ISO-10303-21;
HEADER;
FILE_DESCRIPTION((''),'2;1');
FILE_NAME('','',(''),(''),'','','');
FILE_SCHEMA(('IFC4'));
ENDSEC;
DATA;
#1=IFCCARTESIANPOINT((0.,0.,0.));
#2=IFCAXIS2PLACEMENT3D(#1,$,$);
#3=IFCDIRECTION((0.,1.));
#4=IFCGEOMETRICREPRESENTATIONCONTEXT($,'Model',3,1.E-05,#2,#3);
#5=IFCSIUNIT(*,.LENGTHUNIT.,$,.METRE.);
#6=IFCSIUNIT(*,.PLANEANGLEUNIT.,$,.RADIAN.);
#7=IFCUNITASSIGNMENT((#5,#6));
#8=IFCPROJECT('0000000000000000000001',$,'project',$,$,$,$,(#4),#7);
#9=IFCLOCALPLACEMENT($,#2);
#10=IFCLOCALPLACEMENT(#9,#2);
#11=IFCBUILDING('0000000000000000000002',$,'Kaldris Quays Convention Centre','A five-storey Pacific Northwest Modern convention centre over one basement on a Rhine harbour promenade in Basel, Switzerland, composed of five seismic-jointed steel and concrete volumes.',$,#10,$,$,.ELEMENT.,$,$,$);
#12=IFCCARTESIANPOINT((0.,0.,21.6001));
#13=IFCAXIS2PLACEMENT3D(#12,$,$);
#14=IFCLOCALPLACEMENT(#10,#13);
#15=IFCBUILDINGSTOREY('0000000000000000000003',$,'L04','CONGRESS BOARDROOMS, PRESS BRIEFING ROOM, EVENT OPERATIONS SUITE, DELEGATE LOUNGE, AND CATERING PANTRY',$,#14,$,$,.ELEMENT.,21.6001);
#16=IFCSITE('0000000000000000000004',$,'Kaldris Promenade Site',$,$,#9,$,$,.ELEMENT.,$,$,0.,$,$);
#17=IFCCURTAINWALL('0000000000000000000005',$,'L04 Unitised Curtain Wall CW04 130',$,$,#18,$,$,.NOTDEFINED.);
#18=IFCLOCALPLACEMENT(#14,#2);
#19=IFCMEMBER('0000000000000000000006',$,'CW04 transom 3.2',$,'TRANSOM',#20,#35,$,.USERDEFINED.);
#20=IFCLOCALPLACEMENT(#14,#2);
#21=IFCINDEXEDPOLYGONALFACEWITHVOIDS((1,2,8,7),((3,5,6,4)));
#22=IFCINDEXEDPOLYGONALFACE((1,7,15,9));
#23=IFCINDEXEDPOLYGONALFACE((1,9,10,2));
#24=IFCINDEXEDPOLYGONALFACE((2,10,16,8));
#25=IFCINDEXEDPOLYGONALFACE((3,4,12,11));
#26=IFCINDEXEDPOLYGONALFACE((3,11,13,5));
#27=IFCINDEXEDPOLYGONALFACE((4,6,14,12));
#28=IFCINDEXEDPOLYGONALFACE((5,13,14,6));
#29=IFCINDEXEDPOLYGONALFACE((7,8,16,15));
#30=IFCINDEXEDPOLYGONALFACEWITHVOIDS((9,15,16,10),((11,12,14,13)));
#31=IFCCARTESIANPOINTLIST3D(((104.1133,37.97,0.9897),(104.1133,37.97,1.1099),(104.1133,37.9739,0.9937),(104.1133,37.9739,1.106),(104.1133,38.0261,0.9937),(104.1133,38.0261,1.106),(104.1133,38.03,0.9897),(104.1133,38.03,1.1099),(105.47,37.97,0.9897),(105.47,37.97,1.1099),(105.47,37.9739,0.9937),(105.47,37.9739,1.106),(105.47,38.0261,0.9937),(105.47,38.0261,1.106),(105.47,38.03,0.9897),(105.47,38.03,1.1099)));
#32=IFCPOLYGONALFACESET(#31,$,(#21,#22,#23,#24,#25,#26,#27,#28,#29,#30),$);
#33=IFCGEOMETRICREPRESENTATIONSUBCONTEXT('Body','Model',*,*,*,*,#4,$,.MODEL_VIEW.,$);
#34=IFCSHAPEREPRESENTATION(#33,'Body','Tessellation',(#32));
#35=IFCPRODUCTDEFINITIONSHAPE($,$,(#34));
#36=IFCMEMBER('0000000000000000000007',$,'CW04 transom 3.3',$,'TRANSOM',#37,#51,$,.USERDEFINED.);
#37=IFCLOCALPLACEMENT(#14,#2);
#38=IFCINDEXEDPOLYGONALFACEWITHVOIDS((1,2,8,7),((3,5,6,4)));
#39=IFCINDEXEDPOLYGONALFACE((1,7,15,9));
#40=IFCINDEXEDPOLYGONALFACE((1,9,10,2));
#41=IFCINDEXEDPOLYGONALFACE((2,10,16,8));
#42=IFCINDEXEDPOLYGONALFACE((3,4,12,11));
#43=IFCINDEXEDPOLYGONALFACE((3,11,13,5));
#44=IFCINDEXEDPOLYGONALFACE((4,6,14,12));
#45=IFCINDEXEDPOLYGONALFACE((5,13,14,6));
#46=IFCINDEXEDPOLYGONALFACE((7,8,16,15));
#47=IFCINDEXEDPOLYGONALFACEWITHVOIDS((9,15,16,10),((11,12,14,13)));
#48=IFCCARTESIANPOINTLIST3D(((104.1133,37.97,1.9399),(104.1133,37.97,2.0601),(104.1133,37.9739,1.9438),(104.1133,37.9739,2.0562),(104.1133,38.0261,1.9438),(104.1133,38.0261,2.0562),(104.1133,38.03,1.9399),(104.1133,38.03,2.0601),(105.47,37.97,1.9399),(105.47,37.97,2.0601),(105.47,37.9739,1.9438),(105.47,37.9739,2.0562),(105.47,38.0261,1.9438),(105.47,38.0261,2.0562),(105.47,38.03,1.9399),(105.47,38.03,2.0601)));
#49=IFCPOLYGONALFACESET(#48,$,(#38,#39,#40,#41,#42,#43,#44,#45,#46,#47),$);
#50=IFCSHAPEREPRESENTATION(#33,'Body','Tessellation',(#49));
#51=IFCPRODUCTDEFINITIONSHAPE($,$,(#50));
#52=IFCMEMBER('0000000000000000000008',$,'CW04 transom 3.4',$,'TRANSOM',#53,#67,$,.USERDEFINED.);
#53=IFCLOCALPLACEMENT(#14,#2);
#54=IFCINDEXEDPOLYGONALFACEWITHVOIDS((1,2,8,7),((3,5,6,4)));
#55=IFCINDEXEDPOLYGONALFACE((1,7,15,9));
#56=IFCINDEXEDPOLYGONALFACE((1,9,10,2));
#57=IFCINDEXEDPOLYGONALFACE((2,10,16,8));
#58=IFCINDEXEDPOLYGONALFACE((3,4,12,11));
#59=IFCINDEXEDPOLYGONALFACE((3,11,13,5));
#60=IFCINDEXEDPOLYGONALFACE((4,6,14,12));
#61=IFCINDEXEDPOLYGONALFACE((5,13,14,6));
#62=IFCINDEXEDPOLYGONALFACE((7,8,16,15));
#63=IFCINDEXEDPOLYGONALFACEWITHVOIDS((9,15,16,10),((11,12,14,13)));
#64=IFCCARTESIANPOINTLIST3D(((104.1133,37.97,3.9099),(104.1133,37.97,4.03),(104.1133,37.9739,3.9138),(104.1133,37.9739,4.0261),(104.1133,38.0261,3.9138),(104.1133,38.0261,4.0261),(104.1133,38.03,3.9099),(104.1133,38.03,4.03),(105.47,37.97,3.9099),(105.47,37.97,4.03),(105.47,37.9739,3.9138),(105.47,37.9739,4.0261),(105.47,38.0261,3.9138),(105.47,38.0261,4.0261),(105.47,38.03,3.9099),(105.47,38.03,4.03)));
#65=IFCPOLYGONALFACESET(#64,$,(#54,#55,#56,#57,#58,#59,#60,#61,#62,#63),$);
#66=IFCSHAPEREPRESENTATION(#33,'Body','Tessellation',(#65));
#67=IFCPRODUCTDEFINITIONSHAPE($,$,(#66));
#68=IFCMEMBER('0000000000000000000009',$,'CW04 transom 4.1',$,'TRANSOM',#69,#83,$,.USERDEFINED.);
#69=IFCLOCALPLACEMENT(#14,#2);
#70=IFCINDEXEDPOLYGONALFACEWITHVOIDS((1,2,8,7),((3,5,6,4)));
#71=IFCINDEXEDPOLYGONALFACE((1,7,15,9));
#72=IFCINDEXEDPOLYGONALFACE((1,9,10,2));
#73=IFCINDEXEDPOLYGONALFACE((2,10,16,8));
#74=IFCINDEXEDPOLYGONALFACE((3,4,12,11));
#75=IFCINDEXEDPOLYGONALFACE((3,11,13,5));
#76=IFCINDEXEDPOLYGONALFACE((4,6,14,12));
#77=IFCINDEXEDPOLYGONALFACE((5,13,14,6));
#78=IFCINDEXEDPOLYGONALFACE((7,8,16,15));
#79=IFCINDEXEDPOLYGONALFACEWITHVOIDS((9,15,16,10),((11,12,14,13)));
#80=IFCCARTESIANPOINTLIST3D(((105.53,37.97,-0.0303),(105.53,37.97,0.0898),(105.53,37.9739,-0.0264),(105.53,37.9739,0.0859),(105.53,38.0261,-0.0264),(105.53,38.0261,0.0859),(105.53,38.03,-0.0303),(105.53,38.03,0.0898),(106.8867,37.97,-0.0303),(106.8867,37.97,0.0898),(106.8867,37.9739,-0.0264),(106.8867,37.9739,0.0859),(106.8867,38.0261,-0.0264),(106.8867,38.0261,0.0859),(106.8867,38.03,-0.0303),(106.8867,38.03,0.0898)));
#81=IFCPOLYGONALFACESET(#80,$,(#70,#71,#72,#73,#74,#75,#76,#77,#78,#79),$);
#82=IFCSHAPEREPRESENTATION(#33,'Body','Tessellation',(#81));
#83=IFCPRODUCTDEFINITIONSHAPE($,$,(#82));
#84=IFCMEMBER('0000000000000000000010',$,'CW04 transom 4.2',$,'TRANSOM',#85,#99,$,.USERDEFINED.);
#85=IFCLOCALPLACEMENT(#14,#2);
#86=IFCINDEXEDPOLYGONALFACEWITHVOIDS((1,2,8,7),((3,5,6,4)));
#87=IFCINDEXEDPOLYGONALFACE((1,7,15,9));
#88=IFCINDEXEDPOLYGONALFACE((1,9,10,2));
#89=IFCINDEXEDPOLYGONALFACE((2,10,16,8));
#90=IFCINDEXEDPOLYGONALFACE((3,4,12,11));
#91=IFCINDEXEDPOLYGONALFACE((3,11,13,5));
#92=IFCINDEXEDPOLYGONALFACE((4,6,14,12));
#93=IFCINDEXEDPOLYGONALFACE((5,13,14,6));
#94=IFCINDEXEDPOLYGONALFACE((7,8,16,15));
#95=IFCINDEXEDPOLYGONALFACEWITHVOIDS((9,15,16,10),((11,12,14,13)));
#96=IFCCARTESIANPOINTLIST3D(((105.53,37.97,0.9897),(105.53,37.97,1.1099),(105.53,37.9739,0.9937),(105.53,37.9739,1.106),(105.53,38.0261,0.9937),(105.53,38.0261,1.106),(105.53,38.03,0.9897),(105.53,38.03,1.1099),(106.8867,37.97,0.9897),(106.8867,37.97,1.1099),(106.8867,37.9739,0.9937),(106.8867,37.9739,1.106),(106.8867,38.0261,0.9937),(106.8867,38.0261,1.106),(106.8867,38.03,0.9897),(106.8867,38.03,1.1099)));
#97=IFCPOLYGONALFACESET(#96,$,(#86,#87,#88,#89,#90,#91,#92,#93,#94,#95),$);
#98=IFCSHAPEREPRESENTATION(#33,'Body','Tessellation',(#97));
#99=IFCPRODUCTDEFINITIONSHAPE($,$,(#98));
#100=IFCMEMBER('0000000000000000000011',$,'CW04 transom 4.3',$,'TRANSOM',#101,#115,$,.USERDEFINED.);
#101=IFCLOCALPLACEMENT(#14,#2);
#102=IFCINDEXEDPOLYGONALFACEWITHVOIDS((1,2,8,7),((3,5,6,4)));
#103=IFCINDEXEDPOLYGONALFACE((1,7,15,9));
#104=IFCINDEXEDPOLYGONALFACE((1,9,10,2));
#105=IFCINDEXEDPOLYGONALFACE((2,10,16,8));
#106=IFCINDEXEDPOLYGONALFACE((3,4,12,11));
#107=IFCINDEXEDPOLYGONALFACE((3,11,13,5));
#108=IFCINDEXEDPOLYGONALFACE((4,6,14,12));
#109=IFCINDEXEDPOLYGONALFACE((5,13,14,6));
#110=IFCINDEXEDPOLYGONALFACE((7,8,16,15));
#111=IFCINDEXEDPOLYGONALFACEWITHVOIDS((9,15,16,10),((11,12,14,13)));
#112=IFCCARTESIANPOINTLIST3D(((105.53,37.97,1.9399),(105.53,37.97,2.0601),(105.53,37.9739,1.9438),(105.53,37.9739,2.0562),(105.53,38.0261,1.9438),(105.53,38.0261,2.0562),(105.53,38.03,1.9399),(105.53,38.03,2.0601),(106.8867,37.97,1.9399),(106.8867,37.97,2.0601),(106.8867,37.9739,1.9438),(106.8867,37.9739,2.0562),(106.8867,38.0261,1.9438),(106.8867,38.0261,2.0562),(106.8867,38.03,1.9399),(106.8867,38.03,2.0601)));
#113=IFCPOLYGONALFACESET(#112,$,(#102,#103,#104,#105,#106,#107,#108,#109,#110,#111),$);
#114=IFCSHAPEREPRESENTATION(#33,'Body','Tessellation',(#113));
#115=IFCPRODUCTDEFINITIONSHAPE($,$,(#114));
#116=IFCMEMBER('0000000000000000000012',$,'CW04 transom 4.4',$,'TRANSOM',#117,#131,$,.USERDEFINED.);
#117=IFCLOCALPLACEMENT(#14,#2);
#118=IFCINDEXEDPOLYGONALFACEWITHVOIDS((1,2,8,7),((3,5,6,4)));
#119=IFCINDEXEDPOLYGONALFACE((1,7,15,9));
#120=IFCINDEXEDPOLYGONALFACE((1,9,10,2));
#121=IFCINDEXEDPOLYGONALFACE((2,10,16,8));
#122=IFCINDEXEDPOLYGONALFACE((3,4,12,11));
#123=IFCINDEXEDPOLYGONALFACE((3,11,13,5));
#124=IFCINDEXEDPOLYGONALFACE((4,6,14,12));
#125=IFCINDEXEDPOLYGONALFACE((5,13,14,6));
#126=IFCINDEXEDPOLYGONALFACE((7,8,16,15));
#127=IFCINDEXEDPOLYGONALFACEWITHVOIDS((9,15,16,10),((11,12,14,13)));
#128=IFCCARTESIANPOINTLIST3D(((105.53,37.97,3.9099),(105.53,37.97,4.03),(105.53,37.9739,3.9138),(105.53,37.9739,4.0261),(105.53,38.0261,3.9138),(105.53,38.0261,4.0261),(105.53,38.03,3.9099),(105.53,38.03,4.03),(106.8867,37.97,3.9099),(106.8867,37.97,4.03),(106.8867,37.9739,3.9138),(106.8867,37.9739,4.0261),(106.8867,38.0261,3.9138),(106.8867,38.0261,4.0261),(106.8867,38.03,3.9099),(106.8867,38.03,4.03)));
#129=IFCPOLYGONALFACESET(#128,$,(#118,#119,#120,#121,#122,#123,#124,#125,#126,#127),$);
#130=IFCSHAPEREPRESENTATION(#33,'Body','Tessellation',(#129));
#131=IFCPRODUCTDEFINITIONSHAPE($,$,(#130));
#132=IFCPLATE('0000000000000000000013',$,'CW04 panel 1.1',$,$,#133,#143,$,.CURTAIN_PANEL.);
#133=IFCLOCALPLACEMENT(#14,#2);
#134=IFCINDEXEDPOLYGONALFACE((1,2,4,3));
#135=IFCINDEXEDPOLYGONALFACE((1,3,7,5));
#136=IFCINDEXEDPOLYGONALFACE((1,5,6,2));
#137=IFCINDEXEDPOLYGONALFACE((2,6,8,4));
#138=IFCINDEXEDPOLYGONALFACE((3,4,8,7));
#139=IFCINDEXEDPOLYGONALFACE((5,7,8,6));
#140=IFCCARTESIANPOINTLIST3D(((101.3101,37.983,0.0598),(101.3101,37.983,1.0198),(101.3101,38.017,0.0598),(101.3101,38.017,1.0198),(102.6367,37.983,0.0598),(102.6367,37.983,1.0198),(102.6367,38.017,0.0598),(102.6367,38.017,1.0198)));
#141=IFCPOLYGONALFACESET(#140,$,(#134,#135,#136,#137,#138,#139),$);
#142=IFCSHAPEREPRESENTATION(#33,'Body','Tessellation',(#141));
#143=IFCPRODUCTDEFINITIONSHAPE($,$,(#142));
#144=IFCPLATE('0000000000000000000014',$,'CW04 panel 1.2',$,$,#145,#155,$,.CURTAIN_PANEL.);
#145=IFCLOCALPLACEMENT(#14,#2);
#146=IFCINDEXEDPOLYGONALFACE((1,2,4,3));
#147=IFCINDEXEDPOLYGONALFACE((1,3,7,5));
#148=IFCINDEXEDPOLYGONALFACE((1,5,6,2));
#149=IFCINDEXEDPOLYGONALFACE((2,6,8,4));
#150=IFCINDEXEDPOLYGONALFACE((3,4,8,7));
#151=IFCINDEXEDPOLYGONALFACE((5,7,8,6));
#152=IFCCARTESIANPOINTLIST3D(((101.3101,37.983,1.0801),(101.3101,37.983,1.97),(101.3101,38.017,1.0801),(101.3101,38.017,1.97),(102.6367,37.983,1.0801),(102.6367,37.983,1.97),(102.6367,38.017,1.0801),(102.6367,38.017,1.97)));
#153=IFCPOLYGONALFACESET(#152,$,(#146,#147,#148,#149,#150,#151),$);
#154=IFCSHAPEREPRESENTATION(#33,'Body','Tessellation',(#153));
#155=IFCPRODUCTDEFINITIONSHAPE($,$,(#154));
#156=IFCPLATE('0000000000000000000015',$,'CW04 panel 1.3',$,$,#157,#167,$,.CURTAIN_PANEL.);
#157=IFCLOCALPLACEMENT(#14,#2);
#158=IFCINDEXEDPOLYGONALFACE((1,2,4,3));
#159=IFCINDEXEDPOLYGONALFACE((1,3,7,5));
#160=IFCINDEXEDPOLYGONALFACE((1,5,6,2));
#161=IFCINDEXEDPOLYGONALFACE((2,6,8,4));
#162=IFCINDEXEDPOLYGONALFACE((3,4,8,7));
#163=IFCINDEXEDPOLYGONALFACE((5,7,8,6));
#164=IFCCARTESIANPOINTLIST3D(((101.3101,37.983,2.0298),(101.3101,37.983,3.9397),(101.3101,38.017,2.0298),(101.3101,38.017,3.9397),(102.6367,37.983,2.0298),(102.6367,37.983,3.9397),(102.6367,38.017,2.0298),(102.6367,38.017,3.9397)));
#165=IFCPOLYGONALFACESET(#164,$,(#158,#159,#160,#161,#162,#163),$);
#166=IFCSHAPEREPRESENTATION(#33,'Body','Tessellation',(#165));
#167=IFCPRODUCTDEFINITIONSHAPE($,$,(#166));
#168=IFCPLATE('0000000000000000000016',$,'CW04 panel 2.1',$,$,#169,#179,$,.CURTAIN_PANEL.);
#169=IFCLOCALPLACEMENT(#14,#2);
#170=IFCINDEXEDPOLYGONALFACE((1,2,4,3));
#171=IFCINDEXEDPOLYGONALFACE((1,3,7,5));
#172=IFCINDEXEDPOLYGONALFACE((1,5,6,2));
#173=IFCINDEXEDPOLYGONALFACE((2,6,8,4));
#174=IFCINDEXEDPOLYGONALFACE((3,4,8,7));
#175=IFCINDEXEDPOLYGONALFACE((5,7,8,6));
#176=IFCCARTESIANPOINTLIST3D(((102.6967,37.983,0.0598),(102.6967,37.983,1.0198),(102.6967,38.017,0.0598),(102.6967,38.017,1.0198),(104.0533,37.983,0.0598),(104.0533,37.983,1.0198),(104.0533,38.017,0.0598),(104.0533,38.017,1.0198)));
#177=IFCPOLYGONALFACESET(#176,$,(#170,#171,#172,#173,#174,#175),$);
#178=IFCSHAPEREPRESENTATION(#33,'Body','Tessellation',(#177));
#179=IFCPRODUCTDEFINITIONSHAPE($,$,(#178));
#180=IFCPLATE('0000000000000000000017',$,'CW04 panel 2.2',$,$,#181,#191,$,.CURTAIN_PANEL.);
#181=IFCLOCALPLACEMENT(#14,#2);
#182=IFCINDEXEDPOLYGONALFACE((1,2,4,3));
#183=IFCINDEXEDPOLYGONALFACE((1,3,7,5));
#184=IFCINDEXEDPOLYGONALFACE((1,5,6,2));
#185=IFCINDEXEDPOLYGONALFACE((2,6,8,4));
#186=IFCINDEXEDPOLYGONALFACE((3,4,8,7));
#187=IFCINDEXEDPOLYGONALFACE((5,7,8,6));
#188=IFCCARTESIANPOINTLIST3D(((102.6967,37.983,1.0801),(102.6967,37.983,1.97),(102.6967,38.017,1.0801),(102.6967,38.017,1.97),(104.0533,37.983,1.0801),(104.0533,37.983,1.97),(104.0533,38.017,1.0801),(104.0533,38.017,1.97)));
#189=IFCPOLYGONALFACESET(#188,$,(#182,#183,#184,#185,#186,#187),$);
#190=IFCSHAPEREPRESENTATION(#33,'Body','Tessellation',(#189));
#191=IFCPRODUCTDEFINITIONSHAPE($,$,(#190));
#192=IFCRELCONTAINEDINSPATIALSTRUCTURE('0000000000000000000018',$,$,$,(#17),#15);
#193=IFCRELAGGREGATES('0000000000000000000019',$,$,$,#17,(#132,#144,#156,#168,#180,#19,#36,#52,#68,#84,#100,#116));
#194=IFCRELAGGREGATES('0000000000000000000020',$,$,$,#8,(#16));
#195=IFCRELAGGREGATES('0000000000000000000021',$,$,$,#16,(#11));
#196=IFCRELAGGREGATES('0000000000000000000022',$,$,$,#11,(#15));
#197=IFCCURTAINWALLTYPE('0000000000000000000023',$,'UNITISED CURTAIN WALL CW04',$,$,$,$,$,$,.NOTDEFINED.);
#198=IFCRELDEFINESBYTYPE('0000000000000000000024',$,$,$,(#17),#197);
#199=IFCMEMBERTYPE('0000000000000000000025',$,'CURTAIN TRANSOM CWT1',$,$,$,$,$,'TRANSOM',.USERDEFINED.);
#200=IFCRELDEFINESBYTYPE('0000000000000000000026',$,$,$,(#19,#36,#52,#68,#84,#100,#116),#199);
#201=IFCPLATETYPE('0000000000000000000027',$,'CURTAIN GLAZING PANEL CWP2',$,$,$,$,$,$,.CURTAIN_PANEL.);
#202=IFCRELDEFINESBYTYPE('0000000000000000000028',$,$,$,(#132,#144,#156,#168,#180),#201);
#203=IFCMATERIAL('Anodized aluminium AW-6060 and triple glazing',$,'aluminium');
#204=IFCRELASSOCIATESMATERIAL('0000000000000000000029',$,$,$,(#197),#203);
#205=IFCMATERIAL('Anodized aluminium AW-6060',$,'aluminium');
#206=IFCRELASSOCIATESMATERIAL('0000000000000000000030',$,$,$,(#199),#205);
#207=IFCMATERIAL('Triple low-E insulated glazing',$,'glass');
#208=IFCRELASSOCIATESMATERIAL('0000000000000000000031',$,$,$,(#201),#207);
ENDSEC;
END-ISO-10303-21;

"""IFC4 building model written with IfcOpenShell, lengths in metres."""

from ifc_helpers import new_model, si_unit, direction, frame, origin, origin_2d, place, context, subcontext, project, spatial, rectangle, hollow_rectangle, extrude, material, material_profile, profile_set, type_object, element, aggregate, save


model = new_model("IFC4")

# Units and contexts
model_context = context("Model", 3, precision=1e-05, world=origin(), true_north=direction((0.0, 1.0)))
body_context = subcontext(model_context, "Body", "Model", "MODEL_VIEW")
ifc_project = project(units=[si_unit("LENGTHUNIT", "METRE"), si_unit("PLANEANGLEUNIT", "RADIAN")], contexts=[model_context])

# Site, building, storey
site_placement = place(None, origin())
site = spatial("IfcSite", under=ifc_project, at=site_placement, Name="Kaldris Promenade Site", CompositionType="ELEMENT", RefElevation=0.0)
building_placement = place(site_placement, origin())
building = spatial("IfcBuilding", under=site, at=building_placement, Name="Kaldris Quays Convention Centre", Description="A five-storey Pacific Northwest Modern convention centre over one basement on a Rhine harbour promenade in Basel, Switzerland, composed of five seismic-jointed steel and concrete volumes.", CompositionType="ELEMENT")
storey_placement = place(building_placement, frame((0.0, 0.0, 21.6001)))
storey = spatial("IfcBuildingStorey", under=building, at=storey_placement, Name="L04", Description="CONGRESS BOARDROOMS, PRESS BRIEFING ROOM, EVENT OPERATIONS SUITE, DELEGATE LOUNGE, AND CATERING PANTRY", CompositionType="ELEMENT", Elevation=21.6001)

# Curtain wall, members, plates
ifc_material_1 = material(Name="Anodized aluminium AW-6060 and triple glazing", Category="aluminium")
curtain_wall_type = type_object("IfcCurtainWallType", Name="UNITISED CURTAIN WALL CW04", PredefinedType="NOTDEFINED", material=ifc_material_1)
curtain_wall_placement = place(storey_placement, origin())
curtain_wall = element("IfcCurtainWall", 1, at=curtain_wall_placement, inside=storey, type_object=curtain_wall_type, Name="L04 Unitised Curtain Wall CW04 130", PredefinedType="NOTDEFINED")
ifc_material_2 = material(Name="Anodized aluminium AW-6060", Category="aluminium")
ifc_material_profile_1 = material_profile(ifc_material_2, hollow_rectangle(XDim=0.0601, YDim=0.1201, WallThickness=0.0039, at=origin_2d()), Name="RHS 120x60x4")
ifc_profile_set_1 = profile_set([ifc_material_profile_1], Name="Anodized aluminium AW-6060")
member_type_1 = type_object("IfcMemberType", Name="CURTAIN TRANSOM CWT1", ElementType="TRANSOM", PredefinedType="USERDEFINED", material=ifc_profile_set_1)
member_1_placement = place(storey_placement, frame((104.1133, 38.0, 1.0498), z_axis=(1.0, 0.0, 0.0), x_axis=(0.0, 1.0, 0.0)))
member_1 = element("IfcMember", 2, at=member_1_placement, type_object=member_type_1, Name="CW04 transom 3.2", ObjectType="TRANSOM", PredefinedType="USERDEFINED", context=body_context, shape_type="SweptSolid", body=[
    extrude(hollow_rectangle(XDim=0.0601, YDim=0.1201, WallThickness=0.0039, at=origin_2d()), origin(), (0.0, 0.0, 1.0), 1.3567),
])
member_2_placement = place(storey_placement, frame((104.1133, 38.0, 2.0), z_axis=(1.0, 0.0, 0.0), x_axis=(0.0, 1.0, 0.0)))
member_2 = element("IfcMember", 3, at=member_2_placement, type_object=member_type_1, Name="CW04 transom 3.3", ObjectType="TRANSOM", PredefinedType="USERDEFINED", context=body_context, shape_type="SweptSolid", body=[
    extrude(hollow_rectangle(XDim=0.0601, YDim=0.1201, WallThickness=0.0039, at=origin_2d()), origin(), (0.0, 0.0, 1.0), 1.3567),
])
member_3_placement = place(storey_placement, frame((104.1133, 38.0, 3.97), z_axis=(1.0, 0.0, 0.0), x_axis=(0.0, 1.0, 0.0)))
member_3 = element("IfcMember", 4, at=member_3_placement, type_object=member_type_1, Name="CW04 transom 3.4", ObjectType="TRANSOM", PredefinedType="USERDEFINED", context=body_context, shape_type="SweptSolid", body=[
    extrude(hollow_rectangle(XDim=0.0601, YDim=0.1201, WallThickness=0.0039, at=origin_2d()), origin(), (0.0, 0.0, 1.0), 1.3567),
])
member_4_placement = place(storey_placement, frame((105.53, 38.0, 0.0298), z_axis=(1.0, 0.0, 0.0), x_axis=(0.0, 1.0, 0.0)))
member_4 = element("IfcMember", 5, at=member_4_placement, type_object=member_type_1, Name="CW04 transom 4.1", ObjectType="TRANSOM", PredefinedType="USERDEFINED", context=body_context, shape_type="SweptSolid", body=[
    extrude(hollow_rectangle(XDim=0.0601, YDim=0.1201, WallThickness=0.0039, at=origin_2d()), origin(), (0.0, 0.0, 1.0), 1.3567),
])
member_5_placement = place(storey_placement, frame((105.53, 38.0, 1.0498), z_axis=(1.0, 0.0, 0.0), x_axis=(0.0, 1.0, 0.0)))
member_5 = element("IfcMember", 6, at=member_5_placement, type_object=member_type_1, Name="CW04 transom 4.2", ObjectType="TRANSOM", PredefinedType="USERDEFINED", context=body_context, shape_type="SweptSolid", body=[
    extrude(hollow_rectangle(XDim=0.0601, YDim=0.1201, WallThickness=0.0039, at=origin_2d()), origin(), (0.0, 0.0, 1.0), 1.3567),
])
member_6_placement = place(storey_placement, frame((105.53, 38.0, 2.0), z_axis=(1.0, 0.0, 0.0), x_axis=(0.0, 1.0, 0.0)))
member_6 = element("IfcMember", 7, at=member_6_placement, type_object=member_type_1, Name="CW04 transom 4.3", ObjectType="TRANSOM", PredefinedType="USERDEFINED", context=body_context, shape_type="SweptSolid", body=[
    extrude(hollow_rectangle(XDim=0.0601, YDim=0.1201, WallThickness=0.0039, at=origin_2d()), origin(), (0.0, 0.0, 1.0), 1.3567),
])
member_7_placement = place(storey_placement, frame((105.53, 38.0, 3.97), z_axis=(1.0, 0.0, 0.0), x_axis=(0.0, 1.0, 0.0)))
member_7 = element("IfcMember", 8, at=member_7_placement, type_object=member_type_1, Name="CW04 transom 4.4", ObjectType="TRANSOM", PredefinedType="USERDEFINED", context=body_context, shape_type="SweptSolid", body=[
    extrude(hollow_rectangle(XDim=0.0601, YDim=0.1201, WallThickness=0.0039, at=origin_2d()), origin(), (0.0, 0.0, 1.0), 1.3567),
])
ifc_material_3 = material(Name="Triple low-E insulated glazing", Category="glass")
plate_type = type_object("IfcPlateType", Name="CURTAIN GLAZING PANEL CWP2", PredefinedType="CURTAIN_PANEL", material=ifc_material_3)
plate_1_placement = place(storey_placement, frame((101.9734, 38.0, 0.0598), z_axis=(0.0, 0.0, 1.0), x_axis=(1.0, 0.0, 0.0)))
plate_1 = element("IfcPlate", 9, at=plate_1_placement, type_object=plate_type, Name="CW04 panel 1.1", PredefinedType="CURTAIN_PANEL", context=body_context, shape_type="SweptSolid", body=[
    extrude(rectangle(XDim=1.3267, YDim=0.0339, at=origin_2d()), origin(), (0.0, 0.0, 1.0), 0.96),
])
plate_2_placement = place(storey_placement, frame((101.9734, 38.0, 1.0801), z_axis=(0.0, 0.0, 1.0), x_axis=(1.0, 0.0, 0.0)))
plate_2 = element("IfcPlate", 10, at=plate_2_placement, type_object=plate_type, Name="CW04 panel 1.2", PredefinedType="CURTAIN_PANEL", context=body_context, shape_type="SweptSolid", body=[
    extrude(rectangle(XDim=1.3267, YDim=0.0339, at=origin_2d()), origin(), (0.0, 0.0, 1.0), 0.8899),
])
plate_3_placement = place(storey_placement, frame((101.9734, 38.0, 2.0298), z_axis=(0.0, 0.0, 1.0), x_axis=(1.0, 0.0, 0.0)))
plate_3 = element("IfcPlate", 11, at=plate_3_placement, type_object=plate_type, Name="CW04 panel 1.3", PredefinedType="CURTAIN_PANEL", context=body_context, shape_type="SweptSolid", body=[
    extrude(rectangle(XDim=1.3267, YDim=0.0339, at=origin_2d()), origin(), (0.0, 0.0, 1.0), 1.9099),
])
plate_4_placement = place(storey_placement, frame((103.375, 38.0, 0.0598), z_axis=(0.0, 0.0, 1.0), x_axis=(1.0, 0.0, 0.0)))
plate_4 = element("IfcPlate", 12, at=plate_4_placement, type_object=plate_type, Name="CW04 panel 2.1", PredefinedType="CURTAIN_PANEL", context=body_context, shape_type="SweptSolid", body=[
    extrude(rectangle(XDim=1.3567, YDim=0.0339, at=origin_2d()), origin(), (0.0, 0.0, 1.0), 0.96),
])
plate_5_placement = place(storey_placement, frame((103.375, 38.0, 1.0801), z_axis=(0.0, 0.0, 1.0), x_axis=(1.0, 0.0, 0.0)))
plate_5 = element("IfcPlate", 13, at=plate_5_placement, type_object=plate_type, Name="CW04 panel 2.2", PredefinedType="CURTAIN_PANEL", context=body_context, shape_type="SweptSolid", body=[
    extrude(rectangle(XDim=1.3567, YDim=0.0339, at=origin_2d()), origin(), (0.0, 0.0, 1.0), 0.8899),
])
aggregate(curtain_wall, [plate_1, plate_2, plate_3, plate_4, plate_5, member_1, member_2, member_3, member_4, member_5, member_6, member_7])

save(model, "model.ifc")
